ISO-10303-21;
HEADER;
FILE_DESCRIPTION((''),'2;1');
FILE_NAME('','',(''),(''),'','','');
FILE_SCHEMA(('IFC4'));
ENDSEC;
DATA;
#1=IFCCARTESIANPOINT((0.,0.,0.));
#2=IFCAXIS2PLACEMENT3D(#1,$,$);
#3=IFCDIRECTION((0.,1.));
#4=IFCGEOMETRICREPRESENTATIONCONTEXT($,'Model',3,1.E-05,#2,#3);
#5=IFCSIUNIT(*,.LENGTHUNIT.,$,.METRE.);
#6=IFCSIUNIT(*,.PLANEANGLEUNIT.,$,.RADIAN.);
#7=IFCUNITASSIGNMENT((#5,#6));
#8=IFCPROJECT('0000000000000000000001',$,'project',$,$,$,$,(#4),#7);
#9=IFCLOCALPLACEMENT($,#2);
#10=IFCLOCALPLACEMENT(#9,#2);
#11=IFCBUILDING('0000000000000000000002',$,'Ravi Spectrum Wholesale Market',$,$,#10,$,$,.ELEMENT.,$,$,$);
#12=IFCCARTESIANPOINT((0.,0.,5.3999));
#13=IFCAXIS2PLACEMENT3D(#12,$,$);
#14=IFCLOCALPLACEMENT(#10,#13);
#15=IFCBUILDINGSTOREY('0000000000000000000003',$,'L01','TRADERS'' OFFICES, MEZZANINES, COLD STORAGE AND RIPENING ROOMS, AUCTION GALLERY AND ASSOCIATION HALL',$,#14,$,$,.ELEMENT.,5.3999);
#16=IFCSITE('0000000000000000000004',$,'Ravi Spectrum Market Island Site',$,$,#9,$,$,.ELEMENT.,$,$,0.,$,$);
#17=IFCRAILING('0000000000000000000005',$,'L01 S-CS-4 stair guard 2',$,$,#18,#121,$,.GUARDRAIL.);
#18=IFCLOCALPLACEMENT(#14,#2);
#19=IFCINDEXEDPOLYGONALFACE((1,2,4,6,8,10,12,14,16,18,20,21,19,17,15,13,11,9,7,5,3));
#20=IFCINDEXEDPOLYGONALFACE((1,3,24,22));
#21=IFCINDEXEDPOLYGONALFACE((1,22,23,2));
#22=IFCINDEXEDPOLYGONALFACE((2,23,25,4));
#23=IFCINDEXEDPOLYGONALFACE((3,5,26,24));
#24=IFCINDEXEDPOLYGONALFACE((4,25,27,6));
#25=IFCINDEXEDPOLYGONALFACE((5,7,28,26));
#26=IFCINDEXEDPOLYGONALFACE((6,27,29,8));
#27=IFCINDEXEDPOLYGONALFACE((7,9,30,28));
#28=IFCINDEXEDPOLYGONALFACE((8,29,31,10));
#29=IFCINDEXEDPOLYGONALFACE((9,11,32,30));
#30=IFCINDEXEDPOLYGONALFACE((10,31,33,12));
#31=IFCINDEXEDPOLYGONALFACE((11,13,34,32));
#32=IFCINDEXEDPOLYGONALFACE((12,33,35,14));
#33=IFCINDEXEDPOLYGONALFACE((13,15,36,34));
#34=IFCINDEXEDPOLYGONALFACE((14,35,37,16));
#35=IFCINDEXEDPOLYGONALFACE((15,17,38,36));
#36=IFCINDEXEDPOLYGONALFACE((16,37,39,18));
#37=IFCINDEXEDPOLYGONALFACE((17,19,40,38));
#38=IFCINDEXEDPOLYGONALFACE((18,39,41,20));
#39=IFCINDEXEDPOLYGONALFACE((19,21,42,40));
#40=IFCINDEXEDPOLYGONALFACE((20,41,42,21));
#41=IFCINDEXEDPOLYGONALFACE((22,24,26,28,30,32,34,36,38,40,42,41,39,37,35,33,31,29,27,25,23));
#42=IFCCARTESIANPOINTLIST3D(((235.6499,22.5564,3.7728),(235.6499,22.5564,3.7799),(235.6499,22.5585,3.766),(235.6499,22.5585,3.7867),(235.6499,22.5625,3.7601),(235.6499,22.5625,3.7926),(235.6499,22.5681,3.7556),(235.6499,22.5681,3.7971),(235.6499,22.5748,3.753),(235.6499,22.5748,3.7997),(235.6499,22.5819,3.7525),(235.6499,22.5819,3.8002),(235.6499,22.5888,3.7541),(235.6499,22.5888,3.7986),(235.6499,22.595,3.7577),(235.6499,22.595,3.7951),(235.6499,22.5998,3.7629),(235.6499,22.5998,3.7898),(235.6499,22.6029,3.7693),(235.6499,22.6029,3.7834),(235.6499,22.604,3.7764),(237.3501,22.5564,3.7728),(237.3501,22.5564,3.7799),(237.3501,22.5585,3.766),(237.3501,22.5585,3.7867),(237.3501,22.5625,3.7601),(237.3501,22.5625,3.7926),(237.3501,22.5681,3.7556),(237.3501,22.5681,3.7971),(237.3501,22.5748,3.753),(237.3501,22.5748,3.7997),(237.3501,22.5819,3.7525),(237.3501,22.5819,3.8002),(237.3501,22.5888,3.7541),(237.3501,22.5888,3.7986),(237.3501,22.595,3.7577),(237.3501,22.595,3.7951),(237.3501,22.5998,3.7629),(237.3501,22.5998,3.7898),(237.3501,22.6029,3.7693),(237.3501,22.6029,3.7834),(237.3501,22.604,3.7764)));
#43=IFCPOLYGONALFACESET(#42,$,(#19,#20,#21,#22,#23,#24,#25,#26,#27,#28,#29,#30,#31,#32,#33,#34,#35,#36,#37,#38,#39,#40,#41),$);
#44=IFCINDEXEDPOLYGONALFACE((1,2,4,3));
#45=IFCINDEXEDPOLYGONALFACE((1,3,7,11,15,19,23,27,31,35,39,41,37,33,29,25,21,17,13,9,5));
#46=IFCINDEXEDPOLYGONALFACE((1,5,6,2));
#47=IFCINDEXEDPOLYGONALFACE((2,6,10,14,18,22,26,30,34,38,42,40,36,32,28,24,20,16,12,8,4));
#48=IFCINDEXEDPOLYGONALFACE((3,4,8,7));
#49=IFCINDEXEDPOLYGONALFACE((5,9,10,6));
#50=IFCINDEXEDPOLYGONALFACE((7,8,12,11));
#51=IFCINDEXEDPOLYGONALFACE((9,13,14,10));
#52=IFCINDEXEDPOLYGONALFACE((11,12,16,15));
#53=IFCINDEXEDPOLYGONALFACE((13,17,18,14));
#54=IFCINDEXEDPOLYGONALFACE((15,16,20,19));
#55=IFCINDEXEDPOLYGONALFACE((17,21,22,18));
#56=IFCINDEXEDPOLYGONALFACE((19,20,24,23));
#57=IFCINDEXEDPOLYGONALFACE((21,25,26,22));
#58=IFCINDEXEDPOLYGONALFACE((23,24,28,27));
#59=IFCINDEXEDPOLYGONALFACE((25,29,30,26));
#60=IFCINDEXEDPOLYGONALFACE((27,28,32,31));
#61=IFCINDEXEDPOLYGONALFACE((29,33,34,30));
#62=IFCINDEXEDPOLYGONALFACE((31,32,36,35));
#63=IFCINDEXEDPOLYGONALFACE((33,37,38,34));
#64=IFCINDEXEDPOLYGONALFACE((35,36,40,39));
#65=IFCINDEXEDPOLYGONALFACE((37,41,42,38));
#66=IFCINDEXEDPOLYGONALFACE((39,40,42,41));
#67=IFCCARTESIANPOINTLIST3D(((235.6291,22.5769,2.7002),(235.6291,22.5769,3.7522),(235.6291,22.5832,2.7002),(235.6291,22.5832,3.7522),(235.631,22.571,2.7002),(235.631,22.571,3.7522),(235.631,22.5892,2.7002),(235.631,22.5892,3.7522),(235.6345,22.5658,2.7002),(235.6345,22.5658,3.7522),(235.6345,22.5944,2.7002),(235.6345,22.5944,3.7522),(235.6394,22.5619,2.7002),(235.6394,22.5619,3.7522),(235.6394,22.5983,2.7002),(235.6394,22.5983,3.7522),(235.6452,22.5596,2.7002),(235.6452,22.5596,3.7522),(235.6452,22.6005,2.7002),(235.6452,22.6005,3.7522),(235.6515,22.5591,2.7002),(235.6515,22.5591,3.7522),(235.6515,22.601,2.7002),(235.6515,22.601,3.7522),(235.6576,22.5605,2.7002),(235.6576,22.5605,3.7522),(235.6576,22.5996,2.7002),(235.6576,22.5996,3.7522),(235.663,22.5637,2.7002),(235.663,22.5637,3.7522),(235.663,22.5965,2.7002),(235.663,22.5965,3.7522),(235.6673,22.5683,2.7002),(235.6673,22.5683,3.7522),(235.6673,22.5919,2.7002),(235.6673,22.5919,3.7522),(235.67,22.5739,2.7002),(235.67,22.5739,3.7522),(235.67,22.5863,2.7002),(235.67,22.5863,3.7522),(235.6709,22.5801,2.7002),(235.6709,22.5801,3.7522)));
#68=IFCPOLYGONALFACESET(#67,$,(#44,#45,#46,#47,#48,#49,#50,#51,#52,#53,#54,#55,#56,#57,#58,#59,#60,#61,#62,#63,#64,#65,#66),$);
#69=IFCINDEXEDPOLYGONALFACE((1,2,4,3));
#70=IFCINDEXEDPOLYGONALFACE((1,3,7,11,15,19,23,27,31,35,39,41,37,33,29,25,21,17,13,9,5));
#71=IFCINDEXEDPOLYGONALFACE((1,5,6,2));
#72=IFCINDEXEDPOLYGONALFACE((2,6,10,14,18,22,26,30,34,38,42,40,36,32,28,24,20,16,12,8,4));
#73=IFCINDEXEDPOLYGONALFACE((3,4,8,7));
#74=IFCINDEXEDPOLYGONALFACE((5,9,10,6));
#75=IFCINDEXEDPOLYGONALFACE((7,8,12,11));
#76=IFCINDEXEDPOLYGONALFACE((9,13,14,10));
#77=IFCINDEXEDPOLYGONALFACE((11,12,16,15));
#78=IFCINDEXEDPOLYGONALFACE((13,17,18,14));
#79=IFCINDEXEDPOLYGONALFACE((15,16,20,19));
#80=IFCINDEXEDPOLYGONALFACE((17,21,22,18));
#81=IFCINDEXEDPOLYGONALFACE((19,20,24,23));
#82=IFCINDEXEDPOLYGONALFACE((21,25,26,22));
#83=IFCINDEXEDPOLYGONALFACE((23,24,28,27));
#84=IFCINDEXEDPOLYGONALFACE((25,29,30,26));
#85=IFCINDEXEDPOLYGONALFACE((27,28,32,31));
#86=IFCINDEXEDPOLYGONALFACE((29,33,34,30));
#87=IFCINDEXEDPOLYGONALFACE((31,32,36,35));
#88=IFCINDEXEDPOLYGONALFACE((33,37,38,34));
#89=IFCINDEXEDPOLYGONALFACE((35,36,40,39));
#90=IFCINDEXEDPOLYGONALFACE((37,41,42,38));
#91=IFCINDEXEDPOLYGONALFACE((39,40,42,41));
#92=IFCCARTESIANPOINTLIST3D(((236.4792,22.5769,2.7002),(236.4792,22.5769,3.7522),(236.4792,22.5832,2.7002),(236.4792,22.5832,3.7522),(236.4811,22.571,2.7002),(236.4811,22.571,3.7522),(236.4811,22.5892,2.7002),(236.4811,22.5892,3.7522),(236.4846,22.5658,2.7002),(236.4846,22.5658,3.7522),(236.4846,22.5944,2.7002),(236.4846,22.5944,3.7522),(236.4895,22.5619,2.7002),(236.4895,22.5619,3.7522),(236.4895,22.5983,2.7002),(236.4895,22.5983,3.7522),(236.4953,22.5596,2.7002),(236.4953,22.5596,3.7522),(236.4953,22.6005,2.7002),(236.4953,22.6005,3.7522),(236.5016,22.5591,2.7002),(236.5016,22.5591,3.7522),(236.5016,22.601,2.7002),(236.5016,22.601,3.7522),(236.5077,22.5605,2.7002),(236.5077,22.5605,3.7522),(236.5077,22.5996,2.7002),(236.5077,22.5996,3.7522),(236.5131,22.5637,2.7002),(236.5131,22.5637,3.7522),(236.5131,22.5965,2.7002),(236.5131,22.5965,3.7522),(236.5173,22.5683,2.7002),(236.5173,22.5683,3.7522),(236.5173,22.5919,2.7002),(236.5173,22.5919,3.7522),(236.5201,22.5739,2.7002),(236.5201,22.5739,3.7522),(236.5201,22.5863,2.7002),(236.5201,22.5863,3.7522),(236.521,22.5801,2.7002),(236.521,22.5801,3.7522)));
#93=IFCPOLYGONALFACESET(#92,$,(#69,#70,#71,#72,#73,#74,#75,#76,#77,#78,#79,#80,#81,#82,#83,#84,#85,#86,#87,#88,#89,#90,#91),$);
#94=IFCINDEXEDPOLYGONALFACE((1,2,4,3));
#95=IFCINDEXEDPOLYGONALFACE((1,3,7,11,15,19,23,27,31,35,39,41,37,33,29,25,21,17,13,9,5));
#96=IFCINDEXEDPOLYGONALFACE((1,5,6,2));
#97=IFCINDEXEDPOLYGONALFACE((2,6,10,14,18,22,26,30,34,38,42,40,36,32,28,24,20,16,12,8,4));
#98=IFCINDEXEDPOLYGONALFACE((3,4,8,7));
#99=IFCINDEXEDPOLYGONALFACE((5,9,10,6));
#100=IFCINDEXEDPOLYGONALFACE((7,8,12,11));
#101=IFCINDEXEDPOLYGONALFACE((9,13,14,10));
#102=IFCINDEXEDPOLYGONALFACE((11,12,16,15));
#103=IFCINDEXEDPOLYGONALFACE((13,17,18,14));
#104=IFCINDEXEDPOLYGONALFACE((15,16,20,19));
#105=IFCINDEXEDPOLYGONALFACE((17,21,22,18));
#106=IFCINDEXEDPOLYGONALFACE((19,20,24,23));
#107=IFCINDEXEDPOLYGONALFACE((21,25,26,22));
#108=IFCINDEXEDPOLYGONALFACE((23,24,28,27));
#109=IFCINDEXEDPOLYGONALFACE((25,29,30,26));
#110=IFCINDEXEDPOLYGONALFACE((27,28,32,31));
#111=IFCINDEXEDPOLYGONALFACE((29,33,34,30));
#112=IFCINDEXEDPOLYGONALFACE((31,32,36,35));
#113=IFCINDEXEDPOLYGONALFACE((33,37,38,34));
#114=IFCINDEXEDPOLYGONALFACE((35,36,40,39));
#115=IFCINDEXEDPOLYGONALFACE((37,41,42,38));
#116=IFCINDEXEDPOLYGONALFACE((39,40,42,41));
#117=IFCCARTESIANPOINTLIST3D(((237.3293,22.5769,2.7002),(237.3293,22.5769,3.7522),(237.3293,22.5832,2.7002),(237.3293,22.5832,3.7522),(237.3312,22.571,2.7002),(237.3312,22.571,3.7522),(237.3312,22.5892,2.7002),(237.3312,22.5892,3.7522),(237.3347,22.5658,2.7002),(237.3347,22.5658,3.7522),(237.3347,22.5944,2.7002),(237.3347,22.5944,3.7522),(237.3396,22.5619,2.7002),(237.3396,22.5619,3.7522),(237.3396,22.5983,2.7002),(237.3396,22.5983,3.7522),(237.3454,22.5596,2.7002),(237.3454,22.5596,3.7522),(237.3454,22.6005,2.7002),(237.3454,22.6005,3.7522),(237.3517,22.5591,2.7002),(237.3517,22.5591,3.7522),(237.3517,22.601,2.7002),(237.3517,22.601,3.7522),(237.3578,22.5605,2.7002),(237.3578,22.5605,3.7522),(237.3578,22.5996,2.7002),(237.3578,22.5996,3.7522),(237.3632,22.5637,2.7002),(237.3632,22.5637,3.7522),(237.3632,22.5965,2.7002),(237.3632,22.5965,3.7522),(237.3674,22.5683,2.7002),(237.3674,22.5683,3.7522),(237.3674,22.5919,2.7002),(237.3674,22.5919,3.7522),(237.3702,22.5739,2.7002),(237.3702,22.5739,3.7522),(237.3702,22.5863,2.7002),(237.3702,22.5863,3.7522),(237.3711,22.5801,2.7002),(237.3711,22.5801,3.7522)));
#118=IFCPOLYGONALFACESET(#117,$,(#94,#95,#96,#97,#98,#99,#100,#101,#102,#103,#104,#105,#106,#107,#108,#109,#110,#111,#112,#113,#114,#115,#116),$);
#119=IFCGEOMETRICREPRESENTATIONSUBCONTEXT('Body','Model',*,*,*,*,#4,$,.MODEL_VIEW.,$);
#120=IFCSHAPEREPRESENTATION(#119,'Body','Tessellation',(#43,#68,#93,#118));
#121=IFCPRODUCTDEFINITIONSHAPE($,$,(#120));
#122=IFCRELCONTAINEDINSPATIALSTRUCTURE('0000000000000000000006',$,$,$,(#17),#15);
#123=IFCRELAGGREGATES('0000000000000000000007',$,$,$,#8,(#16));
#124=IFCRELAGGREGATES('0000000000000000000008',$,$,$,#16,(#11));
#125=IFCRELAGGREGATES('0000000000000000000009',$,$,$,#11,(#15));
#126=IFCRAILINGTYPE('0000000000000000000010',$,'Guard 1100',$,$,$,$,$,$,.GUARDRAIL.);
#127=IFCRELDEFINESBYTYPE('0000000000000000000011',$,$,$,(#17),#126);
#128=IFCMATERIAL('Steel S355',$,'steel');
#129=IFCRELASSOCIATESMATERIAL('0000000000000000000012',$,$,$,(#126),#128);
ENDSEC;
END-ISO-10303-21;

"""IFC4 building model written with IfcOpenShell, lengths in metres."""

from ifc_helpers import new_model, si_unit, direction, frame, origin, origin_2d, place, context, subcontext, project, spatial, circle, extrude, material, type_object, element, save


model = new_model("IFC4")

# Units and contexts
model_context = context("Model", 3, precision=1e-05, world=origin(), true_north=direction((0.0, 1.0)))
body_context = subcontext(model_context, "Body", "Model", "MODEL_VIEW")
ifc_project = project(units=[si_unit("LENGTHUNIT", "METRE"), si_unit("PLANEANGLEUNIT", "RADIAN")], contexts=[model_context])

# Site, building, storey
site_placement = place(None, origin())
site = spatial("IfcSite", under=ifc_project, at=site_placement, Name="Ravi Spectrum Market Island Site", CompositionType="ELEMENT", RefElevation=0.0)
building_placement = place(site_placement, origin())
building = spatial("IfcBuilding", under=site, at=building_placement, Name="Ravi Spectrum Wholesale Market", CompositionType="ELEMENT")
storey_placement = place(building_placement, frame((0.0, 0.0, 5.3999)))
storey = spatial("IfcBuildingStorey", under=building, at=storey_placement, Name="L01", Description="TRADERS' OFFICES, MEZZANINES, COLD STORAGE AND RIPENING ROOMS, AUCTION GALLERY AND ASSOCIATION HALL", CompositionType="ELEMENT", Elevation=5.3999)

# Railing
ifc_material_1 = material(Name="Steel S355", Category="steel")
railing_type_1 = type_object("IfcRailingType", Name="Guard 1100", PredefinedType="GUARDRAIL", material=ifc_material_1)
railing_1_placement = place(storey_placement, frame((235.6499, 22.5801, 2.7002)))
element("IfcRailing", 1, at=railing_1_placement, inside=storey, type_object=railing_type_1, Name="L01 S-CS-4 stair guard 2", PredefinedType="GUARDRAIL", context=body_context, shape_type="SweptSolid", body=[
    extrude(circle(Radius=0.0239, at=origin_2d()), frame((0.0, 0.0, 1.0762), z_axis=(1.0, 0.0, 0.0), x_axis=(0.0, 1.0, 0.0)), (0.0, 0.0, 1.0), 1.7002),
    extrude(circle(Radius=0.021, at=origin_2d()), origin(), (0.0, 0.0, 1.0), 1.052),
    extrude(circle(Radius=0.021, at=origin_2d()), frame((0.8501, 0.0, 0.0)), (0.0, 0.0, 1.0), 1.052),
    extrude(circle(Radius=0.021, at=origin_2d()), frame((1.7002, 0.0, 0.0)), (0.0, 0.0, 1.0), 1.052),
])

save(model, "model.ifc")
